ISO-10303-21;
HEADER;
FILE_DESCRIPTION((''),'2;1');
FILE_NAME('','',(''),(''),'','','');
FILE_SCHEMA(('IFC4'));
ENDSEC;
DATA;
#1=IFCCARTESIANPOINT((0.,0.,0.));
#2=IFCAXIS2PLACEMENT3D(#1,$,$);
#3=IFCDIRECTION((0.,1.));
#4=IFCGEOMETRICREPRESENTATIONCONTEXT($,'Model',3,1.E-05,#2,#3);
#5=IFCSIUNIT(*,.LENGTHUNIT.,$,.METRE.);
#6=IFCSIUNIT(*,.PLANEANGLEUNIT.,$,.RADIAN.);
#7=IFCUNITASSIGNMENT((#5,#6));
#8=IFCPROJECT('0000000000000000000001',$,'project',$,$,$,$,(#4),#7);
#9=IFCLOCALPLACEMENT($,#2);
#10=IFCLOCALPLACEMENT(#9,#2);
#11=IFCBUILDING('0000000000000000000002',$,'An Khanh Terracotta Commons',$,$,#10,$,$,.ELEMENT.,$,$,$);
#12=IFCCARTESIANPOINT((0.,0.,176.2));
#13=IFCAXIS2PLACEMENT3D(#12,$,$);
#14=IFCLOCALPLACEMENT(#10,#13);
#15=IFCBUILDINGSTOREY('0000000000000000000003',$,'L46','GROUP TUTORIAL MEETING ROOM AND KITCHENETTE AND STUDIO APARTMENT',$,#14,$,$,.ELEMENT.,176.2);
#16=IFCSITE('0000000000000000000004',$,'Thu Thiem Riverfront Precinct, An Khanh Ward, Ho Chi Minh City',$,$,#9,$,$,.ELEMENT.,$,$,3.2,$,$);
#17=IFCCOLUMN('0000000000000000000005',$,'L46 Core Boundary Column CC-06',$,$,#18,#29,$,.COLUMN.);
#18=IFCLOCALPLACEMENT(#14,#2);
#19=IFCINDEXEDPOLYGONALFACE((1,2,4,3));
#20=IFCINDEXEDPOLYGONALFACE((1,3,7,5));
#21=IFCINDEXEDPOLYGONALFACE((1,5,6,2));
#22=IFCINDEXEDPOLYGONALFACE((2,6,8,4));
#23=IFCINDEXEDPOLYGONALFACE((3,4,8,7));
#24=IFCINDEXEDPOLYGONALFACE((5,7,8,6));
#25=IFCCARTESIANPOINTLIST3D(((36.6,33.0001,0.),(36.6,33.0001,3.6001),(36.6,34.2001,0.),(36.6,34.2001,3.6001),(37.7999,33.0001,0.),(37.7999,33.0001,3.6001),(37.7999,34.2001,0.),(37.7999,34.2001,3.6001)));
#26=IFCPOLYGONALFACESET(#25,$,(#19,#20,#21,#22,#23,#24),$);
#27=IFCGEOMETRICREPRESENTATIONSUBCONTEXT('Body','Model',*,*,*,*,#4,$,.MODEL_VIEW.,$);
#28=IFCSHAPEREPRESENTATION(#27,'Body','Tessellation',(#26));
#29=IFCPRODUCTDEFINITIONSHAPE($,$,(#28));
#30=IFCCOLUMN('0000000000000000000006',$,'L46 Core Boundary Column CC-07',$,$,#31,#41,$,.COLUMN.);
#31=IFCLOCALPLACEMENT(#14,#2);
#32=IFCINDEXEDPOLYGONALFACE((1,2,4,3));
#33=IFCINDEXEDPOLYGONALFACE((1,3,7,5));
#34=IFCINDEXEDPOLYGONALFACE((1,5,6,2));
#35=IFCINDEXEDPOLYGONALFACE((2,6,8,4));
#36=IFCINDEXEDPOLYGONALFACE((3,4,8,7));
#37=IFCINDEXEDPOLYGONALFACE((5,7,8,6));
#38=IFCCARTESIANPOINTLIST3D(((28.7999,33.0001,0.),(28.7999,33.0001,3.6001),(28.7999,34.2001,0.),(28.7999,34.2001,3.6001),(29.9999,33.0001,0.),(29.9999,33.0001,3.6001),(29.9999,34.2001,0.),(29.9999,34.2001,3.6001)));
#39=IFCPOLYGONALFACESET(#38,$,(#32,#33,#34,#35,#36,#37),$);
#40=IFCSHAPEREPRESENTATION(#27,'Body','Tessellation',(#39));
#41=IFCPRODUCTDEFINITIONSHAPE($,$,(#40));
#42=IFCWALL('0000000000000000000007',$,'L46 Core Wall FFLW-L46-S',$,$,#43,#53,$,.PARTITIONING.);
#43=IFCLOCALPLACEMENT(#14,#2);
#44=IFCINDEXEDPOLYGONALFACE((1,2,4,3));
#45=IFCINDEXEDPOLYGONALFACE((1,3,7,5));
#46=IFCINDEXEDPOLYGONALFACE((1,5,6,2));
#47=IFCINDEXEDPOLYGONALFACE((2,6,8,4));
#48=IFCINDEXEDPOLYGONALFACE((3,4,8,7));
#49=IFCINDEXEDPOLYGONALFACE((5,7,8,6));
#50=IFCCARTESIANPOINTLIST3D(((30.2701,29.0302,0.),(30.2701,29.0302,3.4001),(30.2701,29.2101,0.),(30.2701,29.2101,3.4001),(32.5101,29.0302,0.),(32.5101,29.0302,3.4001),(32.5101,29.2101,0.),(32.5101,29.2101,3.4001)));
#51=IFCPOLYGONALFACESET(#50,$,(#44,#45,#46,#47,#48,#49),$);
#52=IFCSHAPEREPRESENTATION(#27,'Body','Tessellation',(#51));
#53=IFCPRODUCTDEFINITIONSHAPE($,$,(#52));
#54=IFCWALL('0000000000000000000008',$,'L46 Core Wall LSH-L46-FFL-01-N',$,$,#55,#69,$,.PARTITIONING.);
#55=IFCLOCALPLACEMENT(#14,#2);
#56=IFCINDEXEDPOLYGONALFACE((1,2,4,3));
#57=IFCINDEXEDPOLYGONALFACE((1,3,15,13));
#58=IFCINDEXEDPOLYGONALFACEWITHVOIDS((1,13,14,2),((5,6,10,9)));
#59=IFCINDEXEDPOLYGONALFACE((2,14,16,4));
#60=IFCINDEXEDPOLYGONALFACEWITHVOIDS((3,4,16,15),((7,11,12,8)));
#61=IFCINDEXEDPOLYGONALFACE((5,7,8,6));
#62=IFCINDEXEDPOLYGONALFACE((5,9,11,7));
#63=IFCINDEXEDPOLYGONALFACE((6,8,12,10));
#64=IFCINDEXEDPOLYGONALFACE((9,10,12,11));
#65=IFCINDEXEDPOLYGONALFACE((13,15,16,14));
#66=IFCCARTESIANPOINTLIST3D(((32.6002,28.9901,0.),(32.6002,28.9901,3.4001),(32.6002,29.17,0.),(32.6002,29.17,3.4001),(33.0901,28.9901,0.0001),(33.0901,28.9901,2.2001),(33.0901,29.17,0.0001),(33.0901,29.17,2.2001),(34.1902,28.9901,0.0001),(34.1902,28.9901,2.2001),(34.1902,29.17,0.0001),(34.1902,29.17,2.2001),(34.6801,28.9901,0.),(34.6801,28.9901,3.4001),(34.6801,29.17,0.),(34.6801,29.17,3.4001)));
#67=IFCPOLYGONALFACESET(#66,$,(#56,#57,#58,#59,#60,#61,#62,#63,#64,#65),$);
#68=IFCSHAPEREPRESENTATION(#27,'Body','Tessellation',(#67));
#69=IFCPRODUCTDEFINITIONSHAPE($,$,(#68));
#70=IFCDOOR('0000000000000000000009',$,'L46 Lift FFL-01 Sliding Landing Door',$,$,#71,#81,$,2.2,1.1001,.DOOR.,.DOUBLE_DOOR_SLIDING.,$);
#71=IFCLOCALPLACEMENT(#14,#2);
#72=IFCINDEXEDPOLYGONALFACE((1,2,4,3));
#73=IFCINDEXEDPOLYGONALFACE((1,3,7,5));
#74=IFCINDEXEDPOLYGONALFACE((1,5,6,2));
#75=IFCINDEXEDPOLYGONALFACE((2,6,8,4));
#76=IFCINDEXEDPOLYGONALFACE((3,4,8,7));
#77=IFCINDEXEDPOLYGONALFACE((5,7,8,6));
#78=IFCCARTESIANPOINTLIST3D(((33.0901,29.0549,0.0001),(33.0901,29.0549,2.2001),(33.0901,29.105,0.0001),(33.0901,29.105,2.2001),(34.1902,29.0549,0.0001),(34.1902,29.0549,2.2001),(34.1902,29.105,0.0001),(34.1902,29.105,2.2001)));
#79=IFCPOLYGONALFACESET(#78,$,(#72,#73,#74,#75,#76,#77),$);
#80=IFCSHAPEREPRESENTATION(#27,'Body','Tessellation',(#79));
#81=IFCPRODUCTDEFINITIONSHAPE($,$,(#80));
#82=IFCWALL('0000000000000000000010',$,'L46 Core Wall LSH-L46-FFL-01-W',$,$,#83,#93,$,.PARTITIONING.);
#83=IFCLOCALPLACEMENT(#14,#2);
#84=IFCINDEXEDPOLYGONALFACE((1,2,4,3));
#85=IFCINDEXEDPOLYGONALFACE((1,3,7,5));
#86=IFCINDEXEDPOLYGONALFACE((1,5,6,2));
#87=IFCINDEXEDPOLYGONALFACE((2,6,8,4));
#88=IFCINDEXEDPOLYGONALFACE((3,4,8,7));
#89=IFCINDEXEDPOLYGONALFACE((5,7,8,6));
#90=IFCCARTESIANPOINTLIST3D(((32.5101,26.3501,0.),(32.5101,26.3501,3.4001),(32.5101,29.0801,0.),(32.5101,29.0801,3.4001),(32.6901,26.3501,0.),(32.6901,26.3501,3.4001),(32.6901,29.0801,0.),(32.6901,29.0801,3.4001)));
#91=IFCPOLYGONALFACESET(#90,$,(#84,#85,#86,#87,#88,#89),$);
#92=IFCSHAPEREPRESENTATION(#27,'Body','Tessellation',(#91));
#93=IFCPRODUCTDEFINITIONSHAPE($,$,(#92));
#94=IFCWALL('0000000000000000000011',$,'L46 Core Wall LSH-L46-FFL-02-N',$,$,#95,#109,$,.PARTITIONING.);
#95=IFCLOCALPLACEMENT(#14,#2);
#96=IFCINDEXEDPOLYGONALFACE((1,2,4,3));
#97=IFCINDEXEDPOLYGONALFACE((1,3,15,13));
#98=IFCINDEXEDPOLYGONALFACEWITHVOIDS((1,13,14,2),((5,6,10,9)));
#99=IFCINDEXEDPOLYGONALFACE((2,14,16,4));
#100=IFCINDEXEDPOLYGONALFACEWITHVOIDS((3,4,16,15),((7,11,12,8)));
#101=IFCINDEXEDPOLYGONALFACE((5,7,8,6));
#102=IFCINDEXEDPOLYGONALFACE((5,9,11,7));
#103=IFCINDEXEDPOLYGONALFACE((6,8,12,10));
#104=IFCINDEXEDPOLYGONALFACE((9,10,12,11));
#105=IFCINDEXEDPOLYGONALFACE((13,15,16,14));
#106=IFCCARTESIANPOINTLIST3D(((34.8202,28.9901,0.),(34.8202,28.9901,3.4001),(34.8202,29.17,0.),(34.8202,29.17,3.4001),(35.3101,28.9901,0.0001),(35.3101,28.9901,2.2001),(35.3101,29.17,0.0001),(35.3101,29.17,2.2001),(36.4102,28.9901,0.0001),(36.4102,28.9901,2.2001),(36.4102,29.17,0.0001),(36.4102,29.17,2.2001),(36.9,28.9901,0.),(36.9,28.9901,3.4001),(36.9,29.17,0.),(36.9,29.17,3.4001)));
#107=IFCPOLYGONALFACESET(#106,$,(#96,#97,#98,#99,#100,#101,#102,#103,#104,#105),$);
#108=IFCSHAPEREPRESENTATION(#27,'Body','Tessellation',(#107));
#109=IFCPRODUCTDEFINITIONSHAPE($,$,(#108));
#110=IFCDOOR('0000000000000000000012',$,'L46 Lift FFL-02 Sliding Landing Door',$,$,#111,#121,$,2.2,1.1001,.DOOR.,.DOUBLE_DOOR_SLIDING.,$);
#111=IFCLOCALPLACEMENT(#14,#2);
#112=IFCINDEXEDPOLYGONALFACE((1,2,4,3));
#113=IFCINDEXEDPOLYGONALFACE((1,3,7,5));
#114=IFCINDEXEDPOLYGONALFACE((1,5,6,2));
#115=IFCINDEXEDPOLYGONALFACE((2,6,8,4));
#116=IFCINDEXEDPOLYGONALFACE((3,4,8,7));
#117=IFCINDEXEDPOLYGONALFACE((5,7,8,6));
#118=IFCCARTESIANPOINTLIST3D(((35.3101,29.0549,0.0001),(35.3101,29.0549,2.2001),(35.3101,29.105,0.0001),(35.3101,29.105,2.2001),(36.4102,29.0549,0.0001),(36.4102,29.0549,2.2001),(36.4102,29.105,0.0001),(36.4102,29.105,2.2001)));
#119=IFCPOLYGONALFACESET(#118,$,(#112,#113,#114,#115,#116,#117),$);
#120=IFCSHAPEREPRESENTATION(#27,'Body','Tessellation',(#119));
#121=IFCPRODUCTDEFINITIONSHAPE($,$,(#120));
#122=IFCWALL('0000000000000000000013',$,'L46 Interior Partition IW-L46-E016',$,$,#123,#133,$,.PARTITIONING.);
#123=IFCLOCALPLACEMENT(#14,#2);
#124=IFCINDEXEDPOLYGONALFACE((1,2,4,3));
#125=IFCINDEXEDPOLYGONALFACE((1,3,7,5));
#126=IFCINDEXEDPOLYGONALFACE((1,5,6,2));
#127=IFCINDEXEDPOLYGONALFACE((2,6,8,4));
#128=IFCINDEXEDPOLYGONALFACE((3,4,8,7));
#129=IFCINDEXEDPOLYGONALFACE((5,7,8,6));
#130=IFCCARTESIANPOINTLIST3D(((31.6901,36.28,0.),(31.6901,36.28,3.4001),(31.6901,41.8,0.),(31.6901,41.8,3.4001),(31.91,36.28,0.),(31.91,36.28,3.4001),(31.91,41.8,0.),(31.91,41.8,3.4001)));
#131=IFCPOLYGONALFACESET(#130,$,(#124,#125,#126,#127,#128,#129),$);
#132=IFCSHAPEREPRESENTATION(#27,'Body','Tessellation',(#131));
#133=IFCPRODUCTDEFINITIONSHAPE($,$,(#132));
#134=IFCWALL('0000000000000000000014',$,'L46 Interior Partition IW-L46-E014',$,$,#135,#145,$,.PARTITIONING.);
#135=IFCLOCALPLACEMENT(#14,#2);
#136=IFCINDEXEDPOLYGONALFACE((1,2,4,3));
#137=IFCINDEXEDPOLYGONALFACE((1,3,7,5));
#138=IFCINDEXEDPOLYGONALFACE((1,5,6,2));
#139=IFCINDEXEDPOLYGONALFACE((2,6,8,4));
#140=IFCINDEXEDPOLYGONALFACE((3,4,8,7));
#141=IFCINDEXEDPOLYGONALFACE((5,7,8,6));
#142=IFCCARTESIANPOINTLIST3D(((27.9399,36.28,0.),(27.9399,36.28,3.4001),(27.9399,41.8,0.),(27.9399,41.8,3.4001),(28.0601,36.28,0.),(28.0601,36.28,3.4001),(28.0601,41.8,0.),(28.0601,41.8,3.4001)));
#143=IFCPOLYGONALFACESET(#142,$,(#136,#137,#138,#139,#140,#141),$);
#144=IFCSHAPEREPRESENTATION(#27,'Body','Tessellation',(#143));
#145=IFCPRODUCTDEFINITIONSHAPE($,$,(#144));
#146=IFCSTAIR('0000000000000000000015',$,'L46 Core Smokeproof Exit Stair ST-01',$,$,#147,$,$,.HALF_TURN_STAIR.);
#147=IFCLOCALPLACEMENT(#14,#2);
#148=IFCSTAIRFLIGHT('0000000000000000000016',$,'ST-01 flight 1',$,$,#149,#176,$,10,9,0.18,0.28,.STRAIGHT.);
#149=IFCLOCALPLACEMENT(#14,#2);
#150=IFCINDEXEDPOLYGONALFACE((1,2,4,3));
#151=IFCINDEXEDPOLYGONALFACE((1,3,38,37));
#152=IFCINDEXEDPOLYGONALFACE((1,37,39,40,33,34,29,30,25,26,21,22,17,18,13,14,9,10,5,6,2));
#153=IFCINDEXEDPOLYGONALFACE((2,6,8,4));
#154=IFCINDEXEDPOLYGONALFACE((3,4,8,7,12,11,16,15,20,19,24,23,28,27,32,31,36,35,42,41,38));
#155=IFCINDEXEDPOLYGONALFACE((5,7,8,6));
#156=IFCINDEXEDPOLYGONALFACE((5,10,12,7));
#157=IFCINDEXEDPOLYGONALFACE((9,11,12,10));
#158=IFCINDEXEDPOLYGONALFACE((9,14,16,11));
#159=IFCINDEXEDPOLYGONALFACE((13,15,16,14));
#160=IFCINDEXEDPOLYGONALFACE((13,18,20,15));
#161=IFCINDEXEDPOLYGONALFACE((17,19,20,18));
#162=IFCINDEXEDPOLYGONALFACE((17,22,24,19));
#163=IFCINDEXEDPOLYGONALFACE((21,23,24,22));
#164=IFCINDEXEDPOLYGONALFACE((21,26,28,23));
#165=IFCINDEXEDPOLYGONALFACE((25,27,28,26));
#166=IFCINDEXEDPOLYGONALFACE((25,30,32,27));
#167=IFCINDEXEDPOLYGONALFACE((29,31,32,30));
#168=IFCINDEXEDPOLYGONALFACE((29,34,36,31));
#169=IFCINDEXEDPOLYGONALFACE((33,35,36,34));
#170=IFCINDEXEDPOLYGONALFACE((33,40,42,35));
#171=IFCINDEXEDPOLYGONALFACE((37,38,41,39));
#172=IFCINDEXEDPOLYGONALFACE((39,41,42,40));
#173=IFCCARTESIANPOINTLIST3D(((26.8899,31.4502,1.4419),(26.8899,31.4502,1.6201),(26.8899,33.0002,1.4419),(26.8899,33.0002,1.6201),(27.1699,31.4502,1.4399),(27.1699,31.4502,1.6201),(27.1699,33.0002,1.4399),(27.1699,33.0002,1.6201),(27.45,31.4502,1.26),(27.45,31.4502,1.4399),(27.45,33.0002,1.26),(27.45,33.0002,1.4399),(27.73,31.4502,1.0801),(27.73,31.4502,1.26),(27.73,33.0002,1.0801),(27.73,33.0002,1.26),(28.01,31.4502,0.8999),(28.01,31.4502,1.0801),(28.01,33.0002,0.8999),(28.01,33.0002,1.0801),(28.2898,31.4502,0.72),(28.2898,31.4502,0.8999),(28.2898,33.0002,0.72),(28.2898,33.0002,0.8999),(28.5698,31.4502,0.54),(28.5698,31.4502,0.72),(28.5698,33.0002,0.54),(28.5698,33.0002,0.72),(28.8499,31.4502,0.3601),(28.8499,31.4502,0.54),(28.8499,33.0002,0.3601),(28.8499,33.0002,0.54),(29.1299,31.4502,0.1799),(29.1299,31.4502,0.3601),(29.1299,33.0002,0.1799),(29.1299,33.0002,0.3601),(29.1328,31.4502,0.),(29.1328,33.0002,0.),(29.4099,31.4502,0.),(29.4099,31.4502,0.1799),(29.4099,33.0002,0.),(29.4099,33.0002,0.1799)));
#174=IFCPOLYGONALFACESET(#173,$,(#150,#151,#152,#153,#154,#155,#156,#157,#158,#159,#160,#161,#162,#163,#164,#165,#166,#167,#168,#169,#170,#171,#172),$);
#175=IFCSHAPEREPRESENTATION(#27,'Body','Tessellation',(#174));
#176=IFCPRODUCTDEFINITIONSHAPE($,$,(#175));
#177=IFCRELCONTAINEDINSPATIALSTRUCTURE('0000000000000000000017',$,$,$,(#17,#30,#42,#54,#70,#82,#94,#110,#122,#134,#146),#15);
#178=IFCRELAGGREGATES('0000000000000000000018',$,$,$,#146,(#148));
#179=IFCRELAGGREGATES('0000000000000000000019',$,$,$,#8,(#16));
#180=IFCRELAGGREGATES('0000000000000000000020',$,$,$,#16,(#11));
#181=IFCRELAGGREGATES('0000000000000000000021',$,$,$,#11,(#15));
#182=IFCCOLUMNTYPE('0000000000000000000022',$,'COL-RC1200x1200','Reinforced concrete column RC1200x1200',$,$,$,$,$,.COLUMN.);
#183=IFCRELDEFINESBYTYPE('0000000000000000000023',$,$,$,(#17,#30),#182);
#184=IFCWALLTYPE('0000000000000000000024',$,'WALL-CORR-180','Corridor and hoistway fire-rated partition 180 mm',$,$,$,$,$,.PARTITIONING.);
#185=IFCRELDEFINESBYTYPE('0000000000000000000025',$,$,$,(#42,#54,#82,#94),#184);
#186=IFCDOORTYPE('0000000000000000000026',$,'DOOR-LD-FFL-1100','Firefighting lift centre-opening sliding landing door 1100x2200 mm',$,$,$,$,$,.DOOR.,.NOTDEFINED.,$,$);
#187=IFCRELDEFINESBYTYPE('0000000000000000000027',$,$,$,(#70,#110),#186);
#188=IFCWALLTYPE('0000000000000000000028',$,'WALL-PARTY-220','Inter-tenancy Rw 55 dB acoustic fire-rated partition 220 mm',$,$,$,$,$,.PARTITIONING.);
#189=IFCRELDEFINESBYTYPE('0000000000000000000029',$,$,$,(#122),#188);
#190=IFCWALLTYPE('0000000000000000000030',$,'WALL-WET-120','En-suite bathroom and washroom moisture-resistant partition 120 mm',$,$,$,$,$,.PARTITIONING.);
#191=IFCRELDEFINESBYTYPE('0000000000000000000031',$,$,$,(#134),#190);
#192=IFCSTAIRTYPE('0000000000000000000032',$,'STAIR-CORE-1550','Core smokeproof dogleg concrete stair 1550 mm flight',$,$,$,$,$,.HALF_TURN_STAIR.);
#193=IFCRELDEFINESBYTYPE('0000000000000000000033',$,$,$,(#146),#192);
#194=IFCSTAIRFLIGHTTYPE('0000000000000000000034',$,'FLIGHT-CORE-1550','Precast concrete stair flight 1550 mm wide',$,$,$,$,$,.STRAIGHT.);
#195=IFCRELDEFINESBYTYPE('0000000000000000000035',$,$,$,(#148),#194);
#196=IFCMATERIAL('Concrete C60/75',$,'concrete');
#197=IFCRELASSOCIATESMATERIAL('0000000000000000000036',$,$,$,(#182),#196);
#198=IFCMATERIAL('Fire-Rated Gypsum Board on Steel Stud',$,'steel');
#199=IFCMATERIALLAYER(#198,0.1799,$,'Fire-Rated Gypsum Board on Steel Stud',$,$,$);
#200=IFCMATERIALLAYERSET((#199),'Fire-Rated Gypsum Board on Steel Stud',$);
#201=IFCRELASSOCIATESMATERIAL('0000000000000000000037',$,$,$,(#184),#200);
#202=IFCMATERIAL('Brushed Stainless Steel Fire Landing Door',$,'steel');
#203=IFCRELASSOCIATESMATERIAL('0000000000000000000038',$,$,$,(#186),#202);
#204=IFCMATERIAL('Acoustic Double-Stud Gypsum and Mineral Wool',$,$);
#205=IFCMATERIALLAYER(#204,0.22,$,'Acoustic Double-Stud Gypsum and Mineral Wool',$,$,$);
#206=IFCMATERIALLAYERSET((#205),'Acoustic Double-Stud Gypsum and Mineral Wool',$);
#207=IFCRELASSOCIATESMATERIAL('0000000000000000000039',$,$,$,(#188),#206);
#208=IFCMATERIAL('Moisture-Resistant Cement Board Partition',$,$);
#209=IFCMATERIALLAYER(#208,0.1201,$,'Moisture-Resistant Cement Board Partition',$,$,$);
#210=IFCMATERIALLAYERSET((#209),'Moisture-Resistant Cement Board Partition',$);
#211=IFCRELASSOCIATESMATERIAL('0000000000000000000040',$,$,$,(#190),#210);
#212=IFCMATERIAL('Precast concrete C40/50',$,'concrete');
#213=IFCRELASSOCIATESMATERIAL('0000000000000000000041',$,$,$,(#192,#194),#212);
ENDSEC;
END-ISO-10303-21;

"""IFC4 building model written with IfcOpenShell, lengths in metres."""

from ifc_helpers import new_model, si_unit, direction, frame, frame_2d, origin, origin_2d, place, context, subcontext, project, spatial, polyline, rectangle, outline, extrude, material, layer, layer_set, material_profile, profile_set, type_object, element, fill, aggregate, save


model = new_model("IFC4")

# Units and contexts
model_context = context("Model", 3, precision=1e-05, world=origin(), true_north=direction((0.0, 1.0)))
body_context = subcontext(model_context, "Body", "Model", "MODEL_VIEW")
ifc_project = project(units=[si_unit("LENGTHUNIT", "METRE"), si_unit("PLANEANGLEUNIT", "RADIAN")], contexts=[model_context])

# Site, building, storey
site_placement = place(None, origin())
site = spatial("IfcSite", under=ifc_project, at=site_placement, Name="Thu Thiem Riverfront Precinct, An Khanh Ward, Ho Chi Minh City", CompositionType="ELEMENT", RefElevation=3.2)
building_placement = place(site_placement, origin())
building = spatial("IfcBuilding", under=site, at=building_placement, Name="An Khanh Terracotta Commons", CompositionType="ELEMENT")
storey_placement = place(building_placement, frame((0.0, 0.0, 176.2)))
storey = spatial("IfcBuildingStorey", under=building, at=storey_placement, Name="L46", Description="GROUP TUTORIAL MEETING ROOM AND KITCHENETTE AND STUDIO APARTMENT", CompositionType="ELEMENT", Elevation=176.2)

# Columns
ifc_material_1 = material(Name="Concrete C60/75", Category="concrete")
ifc_material_profile = material_profile(ifc_material_1, rectangle(XDim=1.2, YDim=1.2, at=origin_2d()), Name="RC1200x1200")
ifc_profile_set = profile_set([ifc_material_profile], Name="Concrete C60/75")
column_type = type_object("IfcColumnType", Name="COL-RC1200x1200", Description="Reinforced concrete column RC1200x1200", PredefinedType="COLUMN", material=ifc_profile_set)
for number, where, z_axis, x_axis, name in (
    (1, (37.2, 33.6001, 0.0), (0.0, 0.0, 1.0), (1.0, 0.0, 0.0), "L46 Core Boundary Column CC-06"),
    (2, (29.3999, 33.6001, 0.0), (0.0, 0.0, 1.0), (1.0, 0.0, 0.0), "L46 Core Boundary Column CC-07"),
):
    element("IfcColumn", number, at=place(storey_placement, frame(where, z_axis=z_axis, x_axis=x_axis)), inside=storey, type_object=column_type, Name=name, PredefinedType="COLUMN", context=body_context, shape_type="SweptSolid", body=[
        extrude(rectangle(XDim=1.2, YDim=1.2, at=origin_2d()), origin(), (0.0, 0.0, 1.0), 3.6001),
    ])

# Wall
ifc_material_2 = material(Name="Fire-Rated Gypsum Board on Steel Stud", Category="steel")
ifc_layer_1 = layer(ifc_material_2, 0.1799, Name="Fire-Rated Gypsum Board on Steel Stud")
ifc_layer_set_1 = layer_set([ifc_layer_1], Name="Fire-Rated Gypsum Board on Steel Stud")
wall_type_1 = type_object("IfcWallType", Name="WALL-CORR-180", Description="Corridor and hoistway fire-rated partition 180 mm", PredefinedType="PARTITIONING", material=ifc_layer_set_1)
wall_1_placement = place(storey_placement, frame((30.27, 29.1201, 0.0), z_axis=(0.0, 0.0, 1.0), x_axis=(1.0, 0.0, 0.0)))
element("IfcWall", 3, at=wall_1_placement, inside=storey, type_object=wall_type_1, Name="L46 Core Wall FFLW-L46-S", PredefinedType="PARTITIONING", context=body_context, shape_type="SweptSolid", body=[
    extrude(rectangle(XDim=2.24, YDim=0.1799, at=frame_2d((1.1201, 0.0))), origin(), (0.0, 0.0, 1.0), 3.4001),
])

# Wall, opening, door
wall_2_placement = place(storey_placement, frame((32.6001, 29.0801, 0.0), z_axis=(0.0, 0.0, 1.0), x_axis=(1.0, 0.0, 0.0)))
wall_2 = element("IfcWall", 4, at=wall_2_placement, inside=storey, type_object=wall_type_1, Name="L46 Core Wall LSH-L46-FFL-01-N", PredefinedType="PARTITIONING", context=body_context, shape_type="SweptSolid", body=[
    extrude(rectangle(XDim=2.0798, YDim=0.1799, at=frame_2d((1.04, 0.0))), origin(), (0.0, 0.0, 1.0), 3.4001),
])
opening_1_placement = place(wall_2_placement, frame((0.49, 0.0, 0.0)))
opening_1 = element("IfcOpeningElement", 5, at=opening_1_placement, cuts=wall_2, PredefinedType="OPENING", context=body_context, shape_type="SweptSolid", body=[
    extrude(rectangle(XDim=1.1001, YDim=2.2, at=frame_2d((0.55, 1.1001))), frame((0.0, 0.0999, 0.0), z_axis=(0.0, -1.0, 0.0), x_axis=(1.0, 0.0, 0.0)), (0.0, 0.0, 1.0), 0.2),
])
ifc_material_3 = material(Name="Brushed Stainless Steel Fire Landing Door", Category="steel")
door_type_1 = type_object("IfcDoorType", Name="DOOR-LD-FFL-1100", Description="Firefighting lift centre-opening sliding landing door 1100x2200 mm", OperationType="NOTDEFINED", PredefinedType="DOOR", material=ifc_material_3)
door_1_placement = place(opening_1_placement, origin())
door_1 = element("IfcDoor", 6, at=door_1_placement, inside=storey, type_object=door_type_1, Name="L46 Lift FFL-01 Sliding Landing Door", OperationType="DOUBLE_DOOR_SLIDING", OverallHeight=2.2, OverallWidth=1.1001, PredefinedType="DOOR", context=body_context, shape_type="SweptSolid", body=[
    extrude(rectangle(XDim=1.1001, YDim=2.2, at=frame_2d((0.55, 1.1001))), frame((0.0, 0.0249, 0.0), z_axis=(0.0, -1.0, 0.0), x_axis=(1.0, 0.0, 0.0)), (0.0, 0.0, 1.0), 0.05),
])
fill(opening_1, door_1)

# Wall
wall_3_placement = place(storey_placement, frame((32.6001, 29.0801, 0.0), z_axis=(0.0, 0.0, 1.0), x_axis=(0.0, -1.0, 0.0)))
element("IfcWall", 7, at=wall_3_placement, inside=storey, type_object=wall_type_1, Name="L46 Core Wall LSH-L46-FFL-01-W", PredefinedType="PARTITIONING", context=body_context, shape_type="SweptSolid", body=[
    extrude(rectangle(XDim=2.73, YDim=0.1799, at=frame_2d((1.365, 0.0))), origin(), (0.0, 0.0, 1.0), 3.4001),
])

# Wall, opening, door
wall_4_placement = place(storey_placement, frame((34.8201, 29.0801, 0.0), z_axis=(0.0, 0.0, 1.0), x_axis=(1.0, 0.0, 0.0)))
wall_4 = element("IfcWall", 8, at=wall_4_placement, inside=storey, type_object=wall_type_1, Name="L46 Core Wall LSH-L46-FFL-02-N", PredefinedType="PARTITIONING", context=body_context, shape_type="SweptSolid", body=[
    extrude(rectangle(XDim=2.0798, YDim=0.1799, at=frame_2d((1.04, 0.0))), origin(), (0.0, 0.0, 1.0), 3.4001),
])
opening_2_placement = place(wall_4_placement, frame((0.49, 0.0, 0.0)))
opening_2 = element("IfcOpeningElement", 9, at=opening_2_placement, cuts=wall_4, PredefinedType="OPENING", context=body_context, shape_type="SweptSolid", body=[
    extrude(rectangle(XDim=1.1001, YDim=2.2, at=frame_2d((0.55, 1.1001))), frame((0.0, 0.0999, 0.0), z_axis=(0.0, -1.0, 0.0), x_axis=(1.0, 0.0, 0.0)), (0.0, 0.0, 1.0), 0.2),
])
door_2_placement = place(opening_2_placement, origin())
door_2 = element("IfcDoor", 10, at=door_2_placement, inside=storey, type_object=door_type_1, Name="L46 Lift FFL-02 Sliding Landing Door", OperationType="DOUBLE_DOOR_SLIDING", OverallHeight=2.2, OverallWidth=1.1001, PredefinedType="DOOR", context=body_context, shape_type="SweptSolid", body=[
    extrude(rectangle(XDim=1.1001, YDim=2.2, at=frame_2d((0.55, 1.1001))), frame((0.0, 0.0249, 0.0), z_axis=(0.0, -1.0, 0.0), x_axis=(1.0, 0.0, 0.0)), (0.0, 0.0, 1.0), 0.05),
])
fill(opening_2, door_2)

# Wall
ifc_material_4 = material(Name="Acoustic Double-Stud Gypsum and Mineral Wool")
ifc_layer_2 = layer(ifc_material_4, 0.22, Name="Acoustic Double-Stud Gypsum and Mineral Wool")
ifc_layer_set_2 = layer_set([ifc_layer_2], Name="Acoustic Double-Stud Gypsum and Mineral Wool")
wall_type_2 = type_object("IfcWallType", Name="WALL-PARTY-220", Description="Inter-tenancy Rw 55 dB acoustic fire-rated partition 220 mm", PredefinedType="PARTITIONING", material=ifc_layer_set_2)
wall_5_placement = place(storey_placement, frame((31.8, 36.28, 0.0), z_axis=(0.0, 0.0, 1.0), x_axis=(0.0, 1.0, 0.0)))
element("IfcWall", 11, at=wall_5_placement, inside=storey, type_object=wall_type_2, Name="L46 Interior Partition IW-L46-E016", PredefinedType="PARTITIONING", context=body_context, shape_type="SweptSolid", body=[
    extrude(rectangle(XDim=5.52, YDim=0.22, at=frame_2d((2.76, 0.0))), origin(), (0.0, 0.0, 1.0), 3.4001),
])

# Wall
ifc_material_5 = material(Name="Moisture-Resistant Cement Board Partition")
ifc_layer_3 = layer(ifc_material_5, 0.1201, Name="Moisture-Resistant Cement Board Partition")
ifc_layer_set_3 = layer_set([ifc_layer_3], Name="Moisture-Resistant Cement Board Partition")
wall_type_3 = type_object("IfcWallType", Name="WALL-WET-120", Description="En-suite bathroom and washroom moisture-resistant partition 120 mm", PredefinedType="PARTITIONING", material=ifc_layer_set_3)
wall_6_placement = place(storey_placement, frame((28.0, 36.28, 0.0), z_axis=(0.0, 0.0, 1.0), x_axis=(0.0, 1.0, 0.0)))
element("IfcWall", 12, at=wall_6_placement, inside=storey, type_object=wall_type_3, Name="L46 Interior Partition IW-L46-E014", PredefinedType="PARTITIONING", context=body_context, shape_type="SweptSolid", body=[
    extrude(rectangle(XDim=5.52, YDim=0.1201, at=frame_2d((2.76, 0.0))), origin(), (0.0, 0.0, 1.0), 3.4001),
])

# Stair, stair flight
ifc_material_6 = material(Name="Precast concrete C40/50", Category="concrete")
stair_type = type_object("IfcStairType", Name="STAIR-CORE-1550", Description="Core smokeproof dogleg concrete stair 1550 mm flight", PredefinedType="HALF_TURN_STAIR", material=ifc_material_6)
stair_placement = place(storey_placement, origin())
stair = element("IfcStair", 13, at=stair_placement, inside=storey, type_object=stair_type, Name="L46 Core Smokeproof Exit Stair ST-01", PredefinedType="HALF_TURN_STAIR")
stair_flight_type = type_object("IfcStairFlightType", Name="FLIGHT-CORE-1550", Description="Precast concrete stair flight 1550 mm wide", PredefinedType="STRAIGHT", material=ifc_material_6)
stair_flight_1_placement = place(storey_placement, frame((29.4099, 32.2251, 0.0), z_axis=(0.0, 0.0, 1.0), x_axis=(-1.0, 0.0, 0.0)))
stair_flight_1 = element("IfcStairFlight", 14, at=stair_flight_1_placement, type_object=stair_flight_type, Name="ST-01 flight 1", NumberOfRisers=10, NumberOfTreads=9, PredefinedType="STRAIGHT", RiserHeight=0.18, TreadLength=0.28, context=body_context, shape_type="SweptSolid", body=[
    extrude(outline(polyline([(0.0, 0.0), (0.0, 0.1799), (0.28, 0.1799), (0.28, 0.3601), (0.5601, 0.3601), (0.5601, 0.54), (0.8401, 0.54), (0.8401, 0.72), (1.1201, 0.72), (1.1201, 0.8999), (1.3999, 0.8999), (1.3999, 1.0801), (1.6799, 1.0801), (1.6799, 1.26), (1.96, 1.26), (1.96, 1.4399), (2.24, 1.4399), (2.24, 1.6201), (2.52, 1.6201), (2.52, 1.8), (2.52, 1.4419), (0.2771, 0.0), (0.0, 0.0)])), frame((0.0, 0.7749, 0.0), z_axis=(0.0, -1.0, 0.0), x_axis=(1.0, 0.0, 0.0)), (0.0, 0.0, 1.0), 1.55),
])
aggregate(stair, [stair_flight_1])

save(model, "model.ifc")
